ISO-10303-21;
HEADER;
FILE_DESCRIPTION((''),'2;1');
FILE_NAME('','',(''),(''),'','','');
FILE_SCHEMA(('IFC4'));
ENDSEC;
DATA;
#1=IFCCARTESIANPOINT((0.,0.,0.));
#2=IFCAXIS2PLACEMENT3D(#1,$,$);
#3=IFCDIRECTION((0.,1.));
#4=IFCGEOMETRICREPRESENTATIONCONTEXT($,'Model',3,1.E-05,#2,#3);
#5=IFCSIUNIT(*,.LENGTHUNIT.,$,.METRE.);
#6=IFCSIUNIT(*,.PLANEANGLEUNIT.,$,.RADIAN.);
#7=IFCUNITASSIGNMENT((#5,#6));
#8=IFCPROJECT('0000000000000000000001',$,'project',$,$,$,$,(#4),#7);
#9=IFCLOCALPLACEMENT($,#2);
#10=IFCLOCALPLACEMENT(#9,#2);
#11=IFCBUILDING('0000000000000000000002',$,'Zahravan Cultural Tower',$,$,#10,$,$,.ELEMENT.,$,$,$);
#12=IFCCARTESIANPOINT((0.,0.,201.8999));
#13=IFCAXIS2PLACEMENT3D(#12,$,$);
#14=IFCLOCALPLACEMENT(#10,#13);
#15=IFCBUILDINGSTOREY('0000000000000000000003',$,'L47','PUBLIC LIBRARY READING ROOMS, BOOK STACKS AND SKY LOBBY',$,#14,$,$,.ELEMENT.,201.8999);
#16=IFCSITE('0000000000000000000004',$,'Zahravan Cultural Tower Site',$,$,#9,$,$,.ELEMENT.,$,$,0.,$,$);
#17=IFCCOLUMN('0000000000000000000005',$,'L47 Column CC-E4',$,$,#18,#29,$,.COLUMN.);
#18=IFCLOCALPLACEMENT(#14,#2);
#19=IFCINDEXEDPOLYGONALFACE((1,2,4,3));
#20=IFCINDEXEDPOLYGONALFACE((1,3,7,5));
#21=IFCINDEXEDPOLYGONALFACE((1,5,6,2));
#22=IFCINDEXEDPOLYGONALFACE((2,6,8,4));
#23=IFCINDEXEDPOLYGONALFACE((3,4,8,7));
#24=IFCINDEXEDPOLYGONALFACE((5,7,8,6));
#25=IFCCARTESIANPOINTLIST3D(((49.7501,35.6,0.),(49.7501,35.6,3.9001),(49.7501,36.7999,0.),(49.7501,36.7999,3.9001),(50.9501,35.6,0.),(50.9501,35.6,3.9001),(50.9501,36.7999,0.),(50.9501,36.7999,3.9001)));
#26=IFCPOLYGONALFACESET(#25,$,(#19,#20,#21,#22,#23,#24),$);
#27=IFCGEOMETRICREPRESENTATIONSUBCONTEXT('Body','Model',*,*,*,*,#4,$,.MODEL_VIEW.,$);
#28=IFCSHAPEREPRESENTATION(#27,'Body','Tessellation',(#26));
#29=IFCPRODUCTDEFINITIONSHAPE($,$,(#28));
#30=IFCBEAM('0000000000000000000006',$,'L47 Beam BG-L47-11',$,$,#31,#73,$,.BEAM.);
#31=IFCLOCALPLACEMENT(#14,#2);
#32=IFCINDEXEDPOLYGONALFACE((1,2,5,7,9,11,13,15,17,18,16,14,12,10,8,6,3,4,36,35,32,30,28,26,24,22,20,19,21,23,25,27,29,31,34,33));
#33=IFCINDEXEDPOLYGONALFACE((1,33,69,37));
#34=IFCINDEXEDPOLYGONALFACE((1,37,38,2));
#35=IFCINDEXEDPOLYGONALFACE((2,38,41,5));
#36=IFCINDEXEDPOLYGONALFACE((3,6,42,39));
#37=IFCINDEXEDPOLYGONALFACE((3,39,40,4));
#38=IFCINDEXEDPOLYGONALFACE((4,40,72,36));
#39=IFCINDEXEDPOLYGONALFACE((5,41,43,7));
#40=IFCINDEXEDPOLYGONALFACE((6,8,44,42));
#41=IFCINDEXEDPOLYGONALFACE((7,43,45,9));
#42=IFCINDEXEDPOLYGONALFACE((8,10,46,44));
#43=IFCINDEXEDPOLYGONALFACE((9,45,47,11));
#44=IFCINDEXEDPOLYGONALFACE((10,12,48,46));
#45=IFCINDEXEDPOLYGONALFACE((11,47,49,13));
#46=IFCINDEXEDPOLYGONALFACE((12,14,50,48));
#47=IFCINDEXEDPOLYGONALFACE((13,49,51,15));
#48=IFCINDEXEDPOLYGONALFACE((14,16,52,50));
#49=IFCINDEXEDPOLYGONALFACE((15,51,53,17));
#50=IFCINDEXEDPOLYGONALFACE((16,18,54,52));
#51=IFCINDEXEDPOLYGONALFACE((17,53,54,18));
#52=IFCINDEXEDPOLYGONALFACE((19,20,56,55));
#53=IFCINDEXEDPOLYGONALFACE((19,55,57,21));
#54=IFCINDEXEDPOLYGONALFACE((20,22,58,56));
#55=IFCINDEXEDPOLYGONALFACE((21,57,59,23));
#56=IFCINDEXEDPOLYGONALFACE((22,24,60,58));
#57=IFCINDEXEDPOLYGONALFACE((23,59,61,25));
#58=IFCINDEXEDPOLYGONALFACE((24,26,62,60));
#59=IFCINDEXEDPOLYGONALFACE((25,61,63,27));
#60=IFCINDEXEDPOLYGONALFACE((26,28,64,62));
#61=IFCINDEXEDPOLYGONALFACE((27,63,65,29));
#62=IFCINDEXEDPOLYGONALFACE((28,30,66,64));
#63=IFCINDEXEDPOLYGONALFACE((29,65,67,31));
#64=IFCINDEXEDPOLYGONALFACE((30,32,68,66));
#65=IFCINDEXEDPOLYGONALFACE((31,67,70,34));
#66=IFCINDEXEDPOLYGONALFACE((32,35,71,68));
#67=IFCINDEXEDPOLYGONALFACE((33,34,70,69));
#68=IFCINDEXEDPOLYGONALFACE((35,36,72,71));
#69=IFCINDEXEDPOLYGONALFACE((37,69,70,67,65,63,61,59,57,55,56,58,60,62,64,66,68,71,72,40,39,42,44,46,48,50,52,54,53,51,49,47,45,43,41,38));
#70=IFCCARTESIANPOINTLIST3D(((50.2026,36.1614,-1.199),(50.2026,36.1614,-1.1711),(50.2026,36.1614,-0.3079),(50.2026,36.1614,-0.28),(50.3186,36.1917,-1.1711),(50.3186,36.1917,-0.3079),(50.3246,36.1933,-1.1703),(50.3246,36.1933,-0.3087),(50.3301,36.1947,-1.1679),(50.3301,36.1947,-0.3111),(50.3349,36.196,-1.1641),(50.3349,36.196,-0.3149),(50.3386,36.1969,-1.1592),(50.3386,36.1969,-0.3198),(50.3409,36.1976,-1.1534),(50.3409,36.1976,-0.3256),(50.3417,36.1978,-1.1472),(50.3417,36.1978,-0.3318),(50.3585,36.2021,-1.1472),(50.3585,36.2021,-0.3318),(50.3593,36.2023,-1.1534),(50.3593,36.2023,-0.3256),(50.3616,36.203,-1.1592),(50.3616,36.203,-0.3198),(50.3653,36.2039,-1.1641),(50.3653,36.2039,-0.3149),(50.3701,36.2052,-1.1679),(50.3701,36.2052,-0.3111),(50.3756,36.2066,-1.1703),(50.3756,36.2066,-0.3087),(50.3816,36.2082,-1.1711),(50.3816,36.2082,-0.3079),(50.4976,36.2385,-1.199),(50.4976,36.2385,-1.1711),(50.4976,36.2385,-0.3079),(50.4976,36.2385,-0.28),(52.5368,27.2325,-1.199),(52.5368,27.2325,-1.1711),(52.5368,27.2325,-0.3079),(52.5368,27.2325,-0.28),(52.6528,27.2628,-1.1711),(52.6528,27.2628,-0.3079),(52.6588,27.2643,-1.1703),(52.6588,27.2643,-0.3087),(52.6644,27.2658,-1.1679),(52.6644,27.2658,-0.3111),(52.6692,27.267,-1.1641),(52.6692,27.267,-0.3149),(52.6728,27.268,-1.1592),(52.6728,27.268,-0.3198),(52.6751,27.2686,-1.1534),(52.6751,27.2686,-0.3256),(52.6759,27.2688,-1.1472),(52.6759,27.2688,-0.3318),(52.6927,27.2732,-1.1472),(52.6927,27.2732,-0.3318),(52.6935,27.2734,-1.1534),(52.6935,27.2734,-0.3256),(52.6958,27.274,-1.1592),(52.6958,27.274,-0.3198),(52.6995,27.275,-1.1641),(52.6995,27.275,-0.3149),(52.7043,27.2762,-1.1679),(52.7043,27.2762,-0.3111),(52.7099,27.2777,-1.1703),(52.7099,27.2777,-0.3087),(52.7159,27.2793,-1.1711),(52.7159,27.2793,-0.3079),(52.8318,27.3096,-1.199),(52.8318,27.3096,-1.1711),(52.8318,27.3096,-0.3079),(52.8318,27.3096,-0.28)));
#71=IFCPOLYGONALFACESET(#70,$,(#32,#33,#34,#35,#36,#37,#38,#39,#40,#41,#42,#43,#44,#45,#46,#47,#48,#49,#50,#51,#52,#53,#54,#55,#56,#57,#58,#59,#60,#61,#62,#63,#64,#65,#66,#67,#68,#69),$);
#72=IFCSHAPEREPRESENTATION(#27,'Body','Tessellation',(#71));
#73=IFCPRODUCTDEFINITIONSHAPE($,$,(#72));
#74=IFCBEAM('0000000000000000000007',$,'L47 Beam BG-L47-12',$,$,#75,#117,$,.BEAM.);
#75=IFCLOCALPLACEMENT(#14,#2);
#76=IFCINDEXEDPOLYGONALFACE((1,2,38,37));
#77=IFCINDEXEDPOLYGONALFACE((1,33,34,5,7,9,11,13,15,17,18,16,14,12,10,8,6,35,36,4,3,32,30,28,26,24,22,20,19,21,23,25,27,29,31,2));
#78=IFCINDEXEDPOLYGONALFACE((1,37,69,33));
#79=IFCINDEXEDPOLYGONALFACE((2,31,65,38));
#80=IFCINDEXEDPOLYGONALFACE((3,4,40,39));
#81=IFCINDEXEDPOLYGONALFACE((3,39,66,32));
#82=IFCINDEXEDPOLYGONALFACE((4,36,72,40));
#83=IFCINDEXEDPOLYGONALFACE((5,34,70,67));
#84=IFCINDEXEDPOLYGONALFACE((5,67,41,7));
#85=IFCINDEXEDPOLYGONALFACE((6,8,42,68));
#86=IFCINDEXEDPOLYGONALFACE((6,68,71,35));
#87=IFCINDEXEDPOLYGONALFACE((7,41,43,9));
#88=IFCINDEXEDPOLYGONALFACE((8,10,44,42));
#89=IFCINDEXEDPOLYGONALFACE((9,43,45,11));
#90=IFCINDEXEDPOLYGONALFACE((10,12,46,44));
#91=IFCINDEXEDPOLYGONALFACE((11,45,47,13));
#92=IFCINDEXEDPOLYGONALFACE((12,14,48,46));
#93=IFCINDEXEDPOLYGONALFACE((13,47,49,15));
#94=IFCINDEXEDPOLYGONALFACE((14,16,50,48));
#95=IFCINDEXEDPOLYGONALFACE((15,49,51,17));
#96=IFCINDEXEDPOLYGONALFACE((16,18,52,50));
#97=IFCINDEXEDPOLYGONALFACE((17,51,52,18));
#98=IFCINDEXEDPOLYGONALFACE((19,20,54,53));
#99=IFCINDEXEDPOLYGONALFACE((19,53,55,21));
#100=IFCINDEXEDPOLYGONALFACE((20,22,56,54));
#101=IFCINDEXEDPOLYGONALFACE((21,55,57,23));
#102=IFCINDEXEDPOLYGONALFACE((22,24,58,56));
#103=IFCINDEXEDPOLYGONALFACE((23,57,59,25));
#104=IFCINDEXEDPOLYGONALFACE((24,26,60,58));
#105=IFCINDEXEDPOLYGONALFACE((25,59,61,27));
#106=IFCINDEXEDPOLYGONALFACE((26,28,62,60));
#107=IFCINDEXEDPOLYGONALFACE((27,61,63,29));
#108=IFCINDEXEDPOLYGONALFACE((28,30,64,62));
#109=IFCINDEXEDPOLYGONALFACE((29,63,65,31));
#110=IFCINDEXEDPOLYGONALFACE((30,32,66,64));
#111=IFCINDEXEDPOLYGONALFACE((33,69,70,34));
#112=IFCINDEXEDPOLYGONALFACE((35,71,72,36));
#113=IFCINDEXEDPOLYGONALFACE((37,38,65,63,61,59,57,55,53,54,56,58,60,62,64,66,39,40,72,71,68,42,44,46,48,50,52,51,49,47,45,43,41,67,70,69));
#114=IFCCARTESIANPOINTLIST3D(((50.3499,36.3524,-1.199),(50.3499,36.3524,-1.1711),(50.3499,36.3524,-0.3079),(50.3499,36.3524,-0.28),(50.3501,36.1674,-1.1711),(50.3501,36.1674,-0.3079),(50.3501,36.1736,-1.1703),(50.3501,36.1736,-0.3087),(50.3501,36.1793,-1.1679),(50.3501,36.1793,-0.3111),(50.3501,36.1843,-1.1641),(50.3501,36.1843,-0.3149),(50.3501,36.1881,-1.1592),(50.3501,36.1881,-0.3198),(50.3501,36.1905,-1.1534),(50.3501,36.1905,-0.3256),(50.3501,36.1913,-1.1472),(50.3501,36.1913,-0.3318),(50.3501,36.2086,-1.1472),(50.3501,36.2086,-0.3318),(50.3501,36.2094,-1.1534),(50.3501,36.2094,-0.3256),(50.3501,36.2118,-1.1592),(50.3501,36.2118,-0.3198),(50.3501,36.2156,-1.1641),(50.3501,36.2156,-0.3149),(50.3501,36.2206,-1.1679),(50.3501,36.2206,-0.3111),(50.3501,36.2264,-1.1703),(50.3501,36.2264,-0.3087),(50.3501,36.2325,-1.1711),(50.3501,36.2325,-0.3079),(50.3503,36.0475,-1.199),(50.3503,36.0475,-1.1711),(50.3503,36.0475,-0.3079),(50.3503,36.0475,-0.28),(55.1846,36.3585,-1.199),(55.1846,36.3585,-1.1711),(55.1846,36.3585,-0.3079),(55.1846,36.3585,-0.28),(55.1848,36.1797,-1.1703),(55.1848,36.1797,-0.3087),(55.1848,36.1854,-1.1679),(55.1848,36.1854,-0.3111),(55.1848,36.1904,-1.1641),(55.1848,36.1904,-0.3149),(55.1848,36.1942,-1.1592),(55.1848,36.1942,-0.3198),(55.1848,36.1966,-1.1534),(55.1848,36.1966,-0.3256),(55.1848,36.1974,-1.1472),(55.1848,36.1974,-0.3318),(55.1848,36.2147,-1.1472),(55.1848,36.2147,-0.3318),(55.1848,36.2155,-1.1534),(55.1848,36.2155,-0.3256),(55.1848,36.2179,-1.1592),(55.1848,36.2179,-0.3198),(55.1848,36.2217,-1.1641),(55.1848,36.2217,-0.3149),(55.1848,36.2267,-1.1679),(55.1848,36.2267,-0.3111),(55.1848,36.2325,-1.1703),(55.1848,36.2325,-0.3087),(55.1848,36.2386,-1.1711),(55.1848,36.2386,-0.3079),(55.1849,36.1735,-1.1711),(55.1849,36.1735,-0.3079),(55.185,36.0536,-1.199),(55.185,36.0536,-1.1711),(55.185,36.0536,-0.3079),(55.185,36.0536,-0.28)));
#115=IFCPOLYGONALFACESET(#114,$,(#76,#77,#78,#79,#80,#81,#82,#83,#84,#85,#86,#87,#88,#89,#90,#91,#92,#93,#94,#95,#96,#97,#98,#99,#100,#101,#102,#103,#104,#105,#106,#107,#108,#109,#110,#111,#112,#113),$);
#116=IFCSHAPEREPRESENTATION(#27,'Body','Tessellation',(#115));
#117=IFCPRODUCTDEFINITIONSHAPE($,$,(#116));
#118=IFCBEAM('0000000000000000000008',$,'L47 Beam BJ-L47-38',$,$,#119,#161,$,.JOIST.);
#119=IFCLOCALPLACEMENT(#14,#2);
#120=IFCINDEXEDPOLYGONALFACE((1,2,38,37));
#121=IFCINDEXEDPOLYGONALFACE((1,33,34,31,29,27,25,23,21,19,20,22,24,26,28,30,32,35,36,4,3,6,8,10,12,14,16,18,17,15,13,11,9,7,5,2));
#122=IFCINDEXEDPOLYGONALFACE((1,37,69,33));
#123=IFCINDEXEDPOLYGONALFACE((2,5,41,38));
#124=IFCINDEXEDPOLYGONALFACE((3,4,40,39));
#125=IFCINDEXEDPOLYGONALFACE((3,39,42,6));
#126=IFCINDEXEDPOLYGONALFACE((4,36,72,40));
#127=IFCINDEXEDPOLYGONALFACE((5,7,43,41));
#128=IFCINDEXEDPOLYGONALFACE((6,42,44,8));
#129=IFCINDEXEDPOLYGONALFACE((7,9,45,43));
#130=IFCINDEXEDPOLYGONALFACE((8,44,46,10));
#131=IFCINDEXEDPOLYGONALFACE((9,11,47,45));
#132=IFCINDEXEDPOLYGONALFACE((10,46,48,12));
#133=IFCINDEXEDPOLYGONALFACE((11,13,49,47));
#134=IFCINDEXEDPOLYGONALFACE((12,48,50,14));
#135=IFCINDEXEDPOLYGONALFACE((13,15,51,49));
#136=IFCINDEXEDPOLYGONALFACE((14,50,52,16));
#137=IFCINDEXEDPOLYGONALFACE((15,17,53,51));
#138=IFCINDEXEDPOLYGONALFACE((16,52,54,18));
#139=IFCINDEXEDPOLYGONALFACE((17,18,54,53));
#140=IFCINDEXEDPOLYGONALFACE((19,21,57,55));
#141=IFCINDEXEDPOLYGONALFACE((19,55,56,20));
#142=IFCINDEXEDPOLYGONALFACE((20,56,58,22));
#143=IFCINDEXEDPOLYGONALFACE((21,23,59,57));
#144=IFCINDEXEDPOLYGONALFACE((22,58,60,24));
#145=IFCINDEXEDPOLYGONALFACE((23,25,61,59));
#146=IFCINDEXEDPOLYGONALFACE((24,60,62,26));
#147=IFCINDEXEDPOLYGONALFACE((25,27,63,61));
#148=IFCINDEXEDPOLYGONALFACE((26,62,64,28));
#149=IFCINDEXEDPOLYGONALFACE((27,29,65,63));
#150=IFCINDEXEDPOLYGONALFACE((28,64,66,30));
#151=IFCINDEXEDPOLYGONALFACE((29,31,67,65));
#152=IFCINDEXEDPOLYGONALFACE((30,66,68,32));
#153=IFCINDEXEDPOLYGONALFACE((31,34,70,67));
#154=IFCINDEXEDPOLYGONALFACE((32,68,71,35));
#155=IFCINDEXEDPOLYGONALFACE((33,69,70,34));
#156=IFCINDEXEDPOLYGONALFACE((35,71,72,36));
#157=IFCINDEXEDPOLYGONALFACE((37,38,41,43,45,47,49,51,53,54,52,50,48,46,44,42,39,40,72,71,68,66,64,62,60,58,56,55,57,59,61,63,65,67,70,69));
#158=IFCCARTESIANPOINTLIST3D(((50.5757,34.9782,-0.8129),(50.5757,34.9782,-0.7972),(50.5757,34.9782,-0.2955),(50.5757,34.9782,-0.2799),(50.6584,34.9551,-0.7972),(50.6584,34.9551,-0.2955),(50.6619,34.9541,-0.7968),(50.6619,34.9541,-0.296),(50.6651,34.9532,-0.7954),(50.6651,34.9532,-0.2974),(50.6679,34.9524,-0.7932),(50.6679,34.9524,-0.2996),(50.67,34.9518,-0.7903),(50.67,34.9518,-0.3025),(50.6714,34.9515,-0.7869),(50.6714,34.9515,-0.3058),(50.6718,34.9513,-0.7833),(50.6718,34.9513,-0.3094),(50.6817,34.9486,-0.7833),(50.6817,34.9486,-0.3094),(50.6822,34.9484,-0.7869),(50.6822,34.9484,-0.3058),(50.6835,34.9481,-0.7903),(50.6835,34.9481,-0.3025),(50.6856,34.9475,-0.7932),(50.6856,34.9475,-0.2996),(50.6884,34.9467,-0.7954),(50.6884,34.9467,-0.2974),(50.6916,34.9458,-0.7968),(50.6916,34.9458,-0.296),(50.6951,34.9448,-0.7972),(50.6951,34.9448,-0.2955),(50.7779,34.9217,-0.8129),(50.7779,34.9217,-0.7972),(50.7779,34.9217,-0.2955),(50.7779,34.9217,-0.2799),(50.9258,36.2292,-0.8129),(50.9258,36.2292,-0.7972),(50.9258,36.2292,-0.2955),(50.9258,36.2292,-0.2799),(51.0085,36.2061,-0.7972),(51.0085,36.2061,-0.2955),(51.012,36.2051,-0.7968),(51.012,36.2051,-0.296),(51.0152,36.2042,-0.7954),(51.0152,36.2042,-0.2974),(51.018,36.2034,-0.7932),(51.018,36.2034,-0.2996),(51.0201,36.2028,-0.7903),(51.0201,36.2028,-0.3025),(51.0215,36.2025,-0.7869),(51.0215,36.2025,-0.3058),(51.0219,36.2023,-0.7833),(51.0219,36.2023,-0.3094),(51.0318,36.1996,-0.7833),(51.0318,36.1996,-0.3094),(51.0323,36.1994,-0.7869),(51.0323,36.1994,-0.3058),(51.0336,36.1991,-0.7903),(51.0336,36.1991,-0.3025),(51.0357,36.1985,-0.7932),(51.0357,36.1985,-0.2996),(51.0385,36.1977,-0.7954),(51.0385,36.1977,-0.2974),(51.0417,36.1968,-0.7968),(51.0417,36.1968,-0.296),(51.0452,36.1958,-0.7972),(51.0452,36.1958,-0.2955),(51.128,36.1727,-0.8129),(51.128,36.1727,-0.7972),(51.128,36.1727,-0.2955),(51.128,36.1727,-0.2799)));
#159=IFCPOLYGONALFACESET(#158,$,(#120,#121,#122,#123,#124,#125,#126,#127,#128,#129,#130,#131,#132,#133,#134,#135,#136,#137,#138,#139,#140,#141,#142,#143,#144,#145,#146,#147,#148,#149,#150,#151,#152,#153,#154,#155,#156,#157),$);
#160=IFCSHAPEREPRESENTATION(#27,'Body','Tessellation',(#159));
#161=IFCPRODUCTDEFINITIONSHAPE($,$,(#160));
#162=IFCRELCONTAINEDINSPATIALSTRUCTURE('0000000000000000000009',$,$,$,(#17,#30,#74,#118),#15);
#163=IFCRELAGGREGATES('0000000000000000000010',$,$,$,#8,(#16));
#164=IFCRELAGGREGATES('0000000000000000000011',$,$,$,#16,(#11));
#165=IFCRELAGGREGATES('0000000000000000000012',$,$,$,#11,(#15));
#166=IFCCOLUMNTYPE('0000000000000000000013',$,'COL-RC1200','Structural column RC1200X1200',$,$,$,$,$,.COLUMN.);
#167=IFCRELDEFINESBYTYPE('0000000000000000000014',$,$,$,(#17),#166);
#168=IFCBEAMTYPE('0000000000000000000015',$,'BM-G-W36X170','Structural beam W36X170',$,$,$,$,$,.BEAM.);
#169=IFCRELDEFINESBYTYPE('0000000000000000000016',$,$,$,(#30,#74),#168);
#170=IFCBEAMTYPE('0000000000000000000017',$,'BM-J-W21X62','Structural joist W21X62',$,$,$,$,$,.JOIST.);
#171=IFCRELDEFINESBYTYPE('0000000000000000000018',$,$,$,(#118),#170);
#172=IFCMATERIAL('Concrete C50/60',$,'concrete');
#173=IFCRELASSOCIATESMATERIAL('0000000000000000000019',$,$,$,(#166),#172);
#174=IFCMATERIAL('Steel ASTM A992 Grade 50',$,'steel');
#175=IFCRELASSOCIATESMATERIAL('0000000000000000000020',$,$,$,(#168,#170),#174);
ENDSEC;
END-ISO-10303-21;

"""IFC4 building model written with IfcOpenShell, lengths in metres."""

from ifc_helpers import new_model, si_unit, direction, frame, origin, origin_2d, place, context, subcontext, project, spatial, rectangle, i_section, extrude, source, transform, mapped, material, material_profile, profile_set, type_object, element, save


model = new_model("IFC4")

# Units and contexts
model_context = context("Model", 3, precision=1e-05, world=origin(), true_north=direction((0.0, 1.0)))
body_context = subcontext(model_context, "Body", "Model", "MODEL_VIEW")
ifc_project = project(units=[si_unit("LENGTHUNIT", "METRE"), si_unit("PLANEANGLEUNIT", "RADIAN")], contexts=[model_context])

# Site, building, storey
site_placement = place(None, origin())
site = spatial("IfcSite", under=ifc_project, at=site_placement, Name="Zahravan Cultural Tower Site", CompositionType="ELEMENT", RefElevation=0.0)
building_placement = place(site_placement, origin())
building = spatial("IfcBuilding", under=site, at=building_placement, Name="Zahravan Cultural Tower", CompositionType="ELEMENT")
storey_placement = place(building_placement, frame((0.0, 0.0, 201.8999)))
storey = spatial("IfcBuildingStorey", under=building, at=storey_placement, Name="L47", Description="PUBLIC LIBRARY READING ROOMS, BOOK STACKS AND SKY LOBBY", CompositionType="ELEMENT", Elevation=201.8999)

# Column
ifc_material_1 = material(Name="Concrete C50/60", Category="concrete")
ifc_material_profile_1 = material_profile(ifc_material_1, rectangle(XDim=1.2, YDim=1.2, at=origin_2d()), Name="RC1200X1200")
ifc_profile_set_1 = profile_set([ifc_material_profile_1], Name="Concrete C50/60")
column_type = type_object("IfcColumnType", Name="COL-RC1200", Description="Structural column RC1200X1200", PredefinedType="COLUMN", material=ifc_profile_set_1)
shared_shape_1 = source(origin(), body_context, "Body", "SweptSolid", [
    extrude(rectangle(XDim=1.2, YDim=1.2, at=origin_2d()), origin(), (0.0, 0.0, 1.0), 3.9001),
])
column_placement = place(storey_placement, frame((50.3501, 36.2, 0.0), z_axis=(0.0, 0.0, 1.0), x_axis=(1.0, 0.0, 0.0)))
element("IfcColumn", 1, at=column_placement, inside=storey, type_object=column_type, Name="L47 Column CC-E4", PredefinedType="COLUMN", context=body_context, shape_type="MappedRepresentation", body=[
    mapped(shared_shape_1, transform((0.0, 0.0, 0.0), x_axis=(1.0, 0.0, 0.0), y_axis=(0.0, 1.0, 0.0), z_axis=(0.0, 0.0, 1.0), scale=1.0)),
])

# Beams
ifc_material_2 = material(Name="Steel ASTM A992 Grade 50", Category="steel")
ifc_material_profile_2 = material_profile(ifc_material_2, i_section(OverallWidth=0.3049, OverallDepth=0.9189, WebThickness=0.0173, FlangeThickness=0.0278, FilletRadius=0.0239, at=origin_2d()), Name="W36X170")
ifc_profile_set_2 = profile_set([ifc_material_profile_2], Name="Steel ASTM A992 Grade 50")
beam_type_1 = type_object("IfcBeamType", Name="BM-G-W36X170", Description="Structural beam W36X170", PredefinedType="BEAM", material=ifc_profile_set_2)
shared_shape_2 = source(origin(), body_context, "Body", "SweptSolid", [
    extrude(i_section(OverallWidth=0.3049, OverallDepth=0.9189, WebThickness=0.0173, FlangeThickness=0.0278, FilletRadius=0.0239, at=origin_2d()), origin(), (0.0, 0.0, 1.0), 9.229),
])
beam_1_placement = place(storey_placement, frame((50.3501, 36.2, -0.7395), z_axis=(0.252923, -0.967487, 0.0), x_axis=(0.967487, 0.252923, 0.0)))
element("IfcBeam", 2, at=beam_1_placement, inside=storey, type_object=beam_type_1, Name="L47 Beam BG-L47-11", PredefinedType="BEAM", context=body_context, shape_type="MappedRepresentation", body=[
    mapped(shared_shape_2, transform((0.0, 0.0, 0.0), x_axis=(1.0, 0.0, 0.0), y_axis=(0.0, 1.0, 0.0), z_axis=(0.0, 0.0, 1.0), scale=1.0)),
])
shared_shape_3 = source(origin(), body_context, "Body", "SweptSolid", [
    extrude(i_section(OverallWidth=0.3049, OverallDepth=0.9189, WebThickness=0.0173, FlangeThickness=0.0278, FilletRadius=0.0239, at=origin_2d()), origin(), (0.0, 0.0, 1.0), 4.8347),
])
beam_2_placement = place(storey_placement, frame((50.3501, 36.2, -0.7395), z_axis=(0.999999, 0.001262, 0.0), x_axis=(-0.001262, 0.999999, 0.0)))
element("IfcBeam", 3, at=beam_2_placement, inside=storey, type_object=beam_type_1, Name="L47 Beam BG-L47-12", PredefinedType="BEAM", context=body_context, shape_type="MappedRepresentation", body=[
    mapped(shared_shape_3, transform((0.0, 0.0, 0.0), x_axis=(1.0, 0.0, 0.0), y_axis=(0.0, 1.0, 0.0), z_axis=(0.0, 0.0, 1.0), scale=1.0)),
])
ifc_material_profile_3 = material_profile(ifc_material_2, i_section(OverallWidth=0.21, OverallDepth=0.533, WebThickness=0.0103, FlangeThickness=0.0156, FilletRadius=0.0139, at=origin_2d()), Name="W21X62")
ifc_profile_set_3 = profile_set([ifc_material_profile_3], Name="Steel ASTM A992 Grade 50")
beam_type_2 = type_object("IfcBeamType", Name="BM-J-W21X62", Description="Structural joist W21X62", PredefinedType="JOIST", material=ifc_profile_set_3)
shared_shape_4 = source(origin(), body_context, "Body", "SweptSolid", [
    extrude(i_section(OverallWidth=0.21, OverallDepth=0.533, WebThickness=0.0103, FlangeThickness=0.0156, FilletRadius=0.0139, at=origin_2d()), origin(), (0.0, 0.0, 1.0), 1.2991),
])
beam_3_placement = place(storey_placement, frame((50.6768, 34.95, -0.5464), z_axis=(0.269504, 0.962999, 0.0), x_axis=(-0.962999, 0.269504, 0.0)))
element("IfcBeam", 4, at=beam_3_placement, inside=storey, type_object=beam_type_2, Name="L47 Beam BJ-L47-38", PredefinedType="JOIST", context=body_context, shape_type="MappedRepresentation", body=[
    mapped(shared_shape_4, transform((0.0, 0.0, 0.0), x_axis=(1.0, 0.0, 0.0), y_axis=(0.0, 1.0, 0.0), z_axis=(0.0, 0.0, 1.0), scale=1.0)),
])

save(model, "model.ifc")
